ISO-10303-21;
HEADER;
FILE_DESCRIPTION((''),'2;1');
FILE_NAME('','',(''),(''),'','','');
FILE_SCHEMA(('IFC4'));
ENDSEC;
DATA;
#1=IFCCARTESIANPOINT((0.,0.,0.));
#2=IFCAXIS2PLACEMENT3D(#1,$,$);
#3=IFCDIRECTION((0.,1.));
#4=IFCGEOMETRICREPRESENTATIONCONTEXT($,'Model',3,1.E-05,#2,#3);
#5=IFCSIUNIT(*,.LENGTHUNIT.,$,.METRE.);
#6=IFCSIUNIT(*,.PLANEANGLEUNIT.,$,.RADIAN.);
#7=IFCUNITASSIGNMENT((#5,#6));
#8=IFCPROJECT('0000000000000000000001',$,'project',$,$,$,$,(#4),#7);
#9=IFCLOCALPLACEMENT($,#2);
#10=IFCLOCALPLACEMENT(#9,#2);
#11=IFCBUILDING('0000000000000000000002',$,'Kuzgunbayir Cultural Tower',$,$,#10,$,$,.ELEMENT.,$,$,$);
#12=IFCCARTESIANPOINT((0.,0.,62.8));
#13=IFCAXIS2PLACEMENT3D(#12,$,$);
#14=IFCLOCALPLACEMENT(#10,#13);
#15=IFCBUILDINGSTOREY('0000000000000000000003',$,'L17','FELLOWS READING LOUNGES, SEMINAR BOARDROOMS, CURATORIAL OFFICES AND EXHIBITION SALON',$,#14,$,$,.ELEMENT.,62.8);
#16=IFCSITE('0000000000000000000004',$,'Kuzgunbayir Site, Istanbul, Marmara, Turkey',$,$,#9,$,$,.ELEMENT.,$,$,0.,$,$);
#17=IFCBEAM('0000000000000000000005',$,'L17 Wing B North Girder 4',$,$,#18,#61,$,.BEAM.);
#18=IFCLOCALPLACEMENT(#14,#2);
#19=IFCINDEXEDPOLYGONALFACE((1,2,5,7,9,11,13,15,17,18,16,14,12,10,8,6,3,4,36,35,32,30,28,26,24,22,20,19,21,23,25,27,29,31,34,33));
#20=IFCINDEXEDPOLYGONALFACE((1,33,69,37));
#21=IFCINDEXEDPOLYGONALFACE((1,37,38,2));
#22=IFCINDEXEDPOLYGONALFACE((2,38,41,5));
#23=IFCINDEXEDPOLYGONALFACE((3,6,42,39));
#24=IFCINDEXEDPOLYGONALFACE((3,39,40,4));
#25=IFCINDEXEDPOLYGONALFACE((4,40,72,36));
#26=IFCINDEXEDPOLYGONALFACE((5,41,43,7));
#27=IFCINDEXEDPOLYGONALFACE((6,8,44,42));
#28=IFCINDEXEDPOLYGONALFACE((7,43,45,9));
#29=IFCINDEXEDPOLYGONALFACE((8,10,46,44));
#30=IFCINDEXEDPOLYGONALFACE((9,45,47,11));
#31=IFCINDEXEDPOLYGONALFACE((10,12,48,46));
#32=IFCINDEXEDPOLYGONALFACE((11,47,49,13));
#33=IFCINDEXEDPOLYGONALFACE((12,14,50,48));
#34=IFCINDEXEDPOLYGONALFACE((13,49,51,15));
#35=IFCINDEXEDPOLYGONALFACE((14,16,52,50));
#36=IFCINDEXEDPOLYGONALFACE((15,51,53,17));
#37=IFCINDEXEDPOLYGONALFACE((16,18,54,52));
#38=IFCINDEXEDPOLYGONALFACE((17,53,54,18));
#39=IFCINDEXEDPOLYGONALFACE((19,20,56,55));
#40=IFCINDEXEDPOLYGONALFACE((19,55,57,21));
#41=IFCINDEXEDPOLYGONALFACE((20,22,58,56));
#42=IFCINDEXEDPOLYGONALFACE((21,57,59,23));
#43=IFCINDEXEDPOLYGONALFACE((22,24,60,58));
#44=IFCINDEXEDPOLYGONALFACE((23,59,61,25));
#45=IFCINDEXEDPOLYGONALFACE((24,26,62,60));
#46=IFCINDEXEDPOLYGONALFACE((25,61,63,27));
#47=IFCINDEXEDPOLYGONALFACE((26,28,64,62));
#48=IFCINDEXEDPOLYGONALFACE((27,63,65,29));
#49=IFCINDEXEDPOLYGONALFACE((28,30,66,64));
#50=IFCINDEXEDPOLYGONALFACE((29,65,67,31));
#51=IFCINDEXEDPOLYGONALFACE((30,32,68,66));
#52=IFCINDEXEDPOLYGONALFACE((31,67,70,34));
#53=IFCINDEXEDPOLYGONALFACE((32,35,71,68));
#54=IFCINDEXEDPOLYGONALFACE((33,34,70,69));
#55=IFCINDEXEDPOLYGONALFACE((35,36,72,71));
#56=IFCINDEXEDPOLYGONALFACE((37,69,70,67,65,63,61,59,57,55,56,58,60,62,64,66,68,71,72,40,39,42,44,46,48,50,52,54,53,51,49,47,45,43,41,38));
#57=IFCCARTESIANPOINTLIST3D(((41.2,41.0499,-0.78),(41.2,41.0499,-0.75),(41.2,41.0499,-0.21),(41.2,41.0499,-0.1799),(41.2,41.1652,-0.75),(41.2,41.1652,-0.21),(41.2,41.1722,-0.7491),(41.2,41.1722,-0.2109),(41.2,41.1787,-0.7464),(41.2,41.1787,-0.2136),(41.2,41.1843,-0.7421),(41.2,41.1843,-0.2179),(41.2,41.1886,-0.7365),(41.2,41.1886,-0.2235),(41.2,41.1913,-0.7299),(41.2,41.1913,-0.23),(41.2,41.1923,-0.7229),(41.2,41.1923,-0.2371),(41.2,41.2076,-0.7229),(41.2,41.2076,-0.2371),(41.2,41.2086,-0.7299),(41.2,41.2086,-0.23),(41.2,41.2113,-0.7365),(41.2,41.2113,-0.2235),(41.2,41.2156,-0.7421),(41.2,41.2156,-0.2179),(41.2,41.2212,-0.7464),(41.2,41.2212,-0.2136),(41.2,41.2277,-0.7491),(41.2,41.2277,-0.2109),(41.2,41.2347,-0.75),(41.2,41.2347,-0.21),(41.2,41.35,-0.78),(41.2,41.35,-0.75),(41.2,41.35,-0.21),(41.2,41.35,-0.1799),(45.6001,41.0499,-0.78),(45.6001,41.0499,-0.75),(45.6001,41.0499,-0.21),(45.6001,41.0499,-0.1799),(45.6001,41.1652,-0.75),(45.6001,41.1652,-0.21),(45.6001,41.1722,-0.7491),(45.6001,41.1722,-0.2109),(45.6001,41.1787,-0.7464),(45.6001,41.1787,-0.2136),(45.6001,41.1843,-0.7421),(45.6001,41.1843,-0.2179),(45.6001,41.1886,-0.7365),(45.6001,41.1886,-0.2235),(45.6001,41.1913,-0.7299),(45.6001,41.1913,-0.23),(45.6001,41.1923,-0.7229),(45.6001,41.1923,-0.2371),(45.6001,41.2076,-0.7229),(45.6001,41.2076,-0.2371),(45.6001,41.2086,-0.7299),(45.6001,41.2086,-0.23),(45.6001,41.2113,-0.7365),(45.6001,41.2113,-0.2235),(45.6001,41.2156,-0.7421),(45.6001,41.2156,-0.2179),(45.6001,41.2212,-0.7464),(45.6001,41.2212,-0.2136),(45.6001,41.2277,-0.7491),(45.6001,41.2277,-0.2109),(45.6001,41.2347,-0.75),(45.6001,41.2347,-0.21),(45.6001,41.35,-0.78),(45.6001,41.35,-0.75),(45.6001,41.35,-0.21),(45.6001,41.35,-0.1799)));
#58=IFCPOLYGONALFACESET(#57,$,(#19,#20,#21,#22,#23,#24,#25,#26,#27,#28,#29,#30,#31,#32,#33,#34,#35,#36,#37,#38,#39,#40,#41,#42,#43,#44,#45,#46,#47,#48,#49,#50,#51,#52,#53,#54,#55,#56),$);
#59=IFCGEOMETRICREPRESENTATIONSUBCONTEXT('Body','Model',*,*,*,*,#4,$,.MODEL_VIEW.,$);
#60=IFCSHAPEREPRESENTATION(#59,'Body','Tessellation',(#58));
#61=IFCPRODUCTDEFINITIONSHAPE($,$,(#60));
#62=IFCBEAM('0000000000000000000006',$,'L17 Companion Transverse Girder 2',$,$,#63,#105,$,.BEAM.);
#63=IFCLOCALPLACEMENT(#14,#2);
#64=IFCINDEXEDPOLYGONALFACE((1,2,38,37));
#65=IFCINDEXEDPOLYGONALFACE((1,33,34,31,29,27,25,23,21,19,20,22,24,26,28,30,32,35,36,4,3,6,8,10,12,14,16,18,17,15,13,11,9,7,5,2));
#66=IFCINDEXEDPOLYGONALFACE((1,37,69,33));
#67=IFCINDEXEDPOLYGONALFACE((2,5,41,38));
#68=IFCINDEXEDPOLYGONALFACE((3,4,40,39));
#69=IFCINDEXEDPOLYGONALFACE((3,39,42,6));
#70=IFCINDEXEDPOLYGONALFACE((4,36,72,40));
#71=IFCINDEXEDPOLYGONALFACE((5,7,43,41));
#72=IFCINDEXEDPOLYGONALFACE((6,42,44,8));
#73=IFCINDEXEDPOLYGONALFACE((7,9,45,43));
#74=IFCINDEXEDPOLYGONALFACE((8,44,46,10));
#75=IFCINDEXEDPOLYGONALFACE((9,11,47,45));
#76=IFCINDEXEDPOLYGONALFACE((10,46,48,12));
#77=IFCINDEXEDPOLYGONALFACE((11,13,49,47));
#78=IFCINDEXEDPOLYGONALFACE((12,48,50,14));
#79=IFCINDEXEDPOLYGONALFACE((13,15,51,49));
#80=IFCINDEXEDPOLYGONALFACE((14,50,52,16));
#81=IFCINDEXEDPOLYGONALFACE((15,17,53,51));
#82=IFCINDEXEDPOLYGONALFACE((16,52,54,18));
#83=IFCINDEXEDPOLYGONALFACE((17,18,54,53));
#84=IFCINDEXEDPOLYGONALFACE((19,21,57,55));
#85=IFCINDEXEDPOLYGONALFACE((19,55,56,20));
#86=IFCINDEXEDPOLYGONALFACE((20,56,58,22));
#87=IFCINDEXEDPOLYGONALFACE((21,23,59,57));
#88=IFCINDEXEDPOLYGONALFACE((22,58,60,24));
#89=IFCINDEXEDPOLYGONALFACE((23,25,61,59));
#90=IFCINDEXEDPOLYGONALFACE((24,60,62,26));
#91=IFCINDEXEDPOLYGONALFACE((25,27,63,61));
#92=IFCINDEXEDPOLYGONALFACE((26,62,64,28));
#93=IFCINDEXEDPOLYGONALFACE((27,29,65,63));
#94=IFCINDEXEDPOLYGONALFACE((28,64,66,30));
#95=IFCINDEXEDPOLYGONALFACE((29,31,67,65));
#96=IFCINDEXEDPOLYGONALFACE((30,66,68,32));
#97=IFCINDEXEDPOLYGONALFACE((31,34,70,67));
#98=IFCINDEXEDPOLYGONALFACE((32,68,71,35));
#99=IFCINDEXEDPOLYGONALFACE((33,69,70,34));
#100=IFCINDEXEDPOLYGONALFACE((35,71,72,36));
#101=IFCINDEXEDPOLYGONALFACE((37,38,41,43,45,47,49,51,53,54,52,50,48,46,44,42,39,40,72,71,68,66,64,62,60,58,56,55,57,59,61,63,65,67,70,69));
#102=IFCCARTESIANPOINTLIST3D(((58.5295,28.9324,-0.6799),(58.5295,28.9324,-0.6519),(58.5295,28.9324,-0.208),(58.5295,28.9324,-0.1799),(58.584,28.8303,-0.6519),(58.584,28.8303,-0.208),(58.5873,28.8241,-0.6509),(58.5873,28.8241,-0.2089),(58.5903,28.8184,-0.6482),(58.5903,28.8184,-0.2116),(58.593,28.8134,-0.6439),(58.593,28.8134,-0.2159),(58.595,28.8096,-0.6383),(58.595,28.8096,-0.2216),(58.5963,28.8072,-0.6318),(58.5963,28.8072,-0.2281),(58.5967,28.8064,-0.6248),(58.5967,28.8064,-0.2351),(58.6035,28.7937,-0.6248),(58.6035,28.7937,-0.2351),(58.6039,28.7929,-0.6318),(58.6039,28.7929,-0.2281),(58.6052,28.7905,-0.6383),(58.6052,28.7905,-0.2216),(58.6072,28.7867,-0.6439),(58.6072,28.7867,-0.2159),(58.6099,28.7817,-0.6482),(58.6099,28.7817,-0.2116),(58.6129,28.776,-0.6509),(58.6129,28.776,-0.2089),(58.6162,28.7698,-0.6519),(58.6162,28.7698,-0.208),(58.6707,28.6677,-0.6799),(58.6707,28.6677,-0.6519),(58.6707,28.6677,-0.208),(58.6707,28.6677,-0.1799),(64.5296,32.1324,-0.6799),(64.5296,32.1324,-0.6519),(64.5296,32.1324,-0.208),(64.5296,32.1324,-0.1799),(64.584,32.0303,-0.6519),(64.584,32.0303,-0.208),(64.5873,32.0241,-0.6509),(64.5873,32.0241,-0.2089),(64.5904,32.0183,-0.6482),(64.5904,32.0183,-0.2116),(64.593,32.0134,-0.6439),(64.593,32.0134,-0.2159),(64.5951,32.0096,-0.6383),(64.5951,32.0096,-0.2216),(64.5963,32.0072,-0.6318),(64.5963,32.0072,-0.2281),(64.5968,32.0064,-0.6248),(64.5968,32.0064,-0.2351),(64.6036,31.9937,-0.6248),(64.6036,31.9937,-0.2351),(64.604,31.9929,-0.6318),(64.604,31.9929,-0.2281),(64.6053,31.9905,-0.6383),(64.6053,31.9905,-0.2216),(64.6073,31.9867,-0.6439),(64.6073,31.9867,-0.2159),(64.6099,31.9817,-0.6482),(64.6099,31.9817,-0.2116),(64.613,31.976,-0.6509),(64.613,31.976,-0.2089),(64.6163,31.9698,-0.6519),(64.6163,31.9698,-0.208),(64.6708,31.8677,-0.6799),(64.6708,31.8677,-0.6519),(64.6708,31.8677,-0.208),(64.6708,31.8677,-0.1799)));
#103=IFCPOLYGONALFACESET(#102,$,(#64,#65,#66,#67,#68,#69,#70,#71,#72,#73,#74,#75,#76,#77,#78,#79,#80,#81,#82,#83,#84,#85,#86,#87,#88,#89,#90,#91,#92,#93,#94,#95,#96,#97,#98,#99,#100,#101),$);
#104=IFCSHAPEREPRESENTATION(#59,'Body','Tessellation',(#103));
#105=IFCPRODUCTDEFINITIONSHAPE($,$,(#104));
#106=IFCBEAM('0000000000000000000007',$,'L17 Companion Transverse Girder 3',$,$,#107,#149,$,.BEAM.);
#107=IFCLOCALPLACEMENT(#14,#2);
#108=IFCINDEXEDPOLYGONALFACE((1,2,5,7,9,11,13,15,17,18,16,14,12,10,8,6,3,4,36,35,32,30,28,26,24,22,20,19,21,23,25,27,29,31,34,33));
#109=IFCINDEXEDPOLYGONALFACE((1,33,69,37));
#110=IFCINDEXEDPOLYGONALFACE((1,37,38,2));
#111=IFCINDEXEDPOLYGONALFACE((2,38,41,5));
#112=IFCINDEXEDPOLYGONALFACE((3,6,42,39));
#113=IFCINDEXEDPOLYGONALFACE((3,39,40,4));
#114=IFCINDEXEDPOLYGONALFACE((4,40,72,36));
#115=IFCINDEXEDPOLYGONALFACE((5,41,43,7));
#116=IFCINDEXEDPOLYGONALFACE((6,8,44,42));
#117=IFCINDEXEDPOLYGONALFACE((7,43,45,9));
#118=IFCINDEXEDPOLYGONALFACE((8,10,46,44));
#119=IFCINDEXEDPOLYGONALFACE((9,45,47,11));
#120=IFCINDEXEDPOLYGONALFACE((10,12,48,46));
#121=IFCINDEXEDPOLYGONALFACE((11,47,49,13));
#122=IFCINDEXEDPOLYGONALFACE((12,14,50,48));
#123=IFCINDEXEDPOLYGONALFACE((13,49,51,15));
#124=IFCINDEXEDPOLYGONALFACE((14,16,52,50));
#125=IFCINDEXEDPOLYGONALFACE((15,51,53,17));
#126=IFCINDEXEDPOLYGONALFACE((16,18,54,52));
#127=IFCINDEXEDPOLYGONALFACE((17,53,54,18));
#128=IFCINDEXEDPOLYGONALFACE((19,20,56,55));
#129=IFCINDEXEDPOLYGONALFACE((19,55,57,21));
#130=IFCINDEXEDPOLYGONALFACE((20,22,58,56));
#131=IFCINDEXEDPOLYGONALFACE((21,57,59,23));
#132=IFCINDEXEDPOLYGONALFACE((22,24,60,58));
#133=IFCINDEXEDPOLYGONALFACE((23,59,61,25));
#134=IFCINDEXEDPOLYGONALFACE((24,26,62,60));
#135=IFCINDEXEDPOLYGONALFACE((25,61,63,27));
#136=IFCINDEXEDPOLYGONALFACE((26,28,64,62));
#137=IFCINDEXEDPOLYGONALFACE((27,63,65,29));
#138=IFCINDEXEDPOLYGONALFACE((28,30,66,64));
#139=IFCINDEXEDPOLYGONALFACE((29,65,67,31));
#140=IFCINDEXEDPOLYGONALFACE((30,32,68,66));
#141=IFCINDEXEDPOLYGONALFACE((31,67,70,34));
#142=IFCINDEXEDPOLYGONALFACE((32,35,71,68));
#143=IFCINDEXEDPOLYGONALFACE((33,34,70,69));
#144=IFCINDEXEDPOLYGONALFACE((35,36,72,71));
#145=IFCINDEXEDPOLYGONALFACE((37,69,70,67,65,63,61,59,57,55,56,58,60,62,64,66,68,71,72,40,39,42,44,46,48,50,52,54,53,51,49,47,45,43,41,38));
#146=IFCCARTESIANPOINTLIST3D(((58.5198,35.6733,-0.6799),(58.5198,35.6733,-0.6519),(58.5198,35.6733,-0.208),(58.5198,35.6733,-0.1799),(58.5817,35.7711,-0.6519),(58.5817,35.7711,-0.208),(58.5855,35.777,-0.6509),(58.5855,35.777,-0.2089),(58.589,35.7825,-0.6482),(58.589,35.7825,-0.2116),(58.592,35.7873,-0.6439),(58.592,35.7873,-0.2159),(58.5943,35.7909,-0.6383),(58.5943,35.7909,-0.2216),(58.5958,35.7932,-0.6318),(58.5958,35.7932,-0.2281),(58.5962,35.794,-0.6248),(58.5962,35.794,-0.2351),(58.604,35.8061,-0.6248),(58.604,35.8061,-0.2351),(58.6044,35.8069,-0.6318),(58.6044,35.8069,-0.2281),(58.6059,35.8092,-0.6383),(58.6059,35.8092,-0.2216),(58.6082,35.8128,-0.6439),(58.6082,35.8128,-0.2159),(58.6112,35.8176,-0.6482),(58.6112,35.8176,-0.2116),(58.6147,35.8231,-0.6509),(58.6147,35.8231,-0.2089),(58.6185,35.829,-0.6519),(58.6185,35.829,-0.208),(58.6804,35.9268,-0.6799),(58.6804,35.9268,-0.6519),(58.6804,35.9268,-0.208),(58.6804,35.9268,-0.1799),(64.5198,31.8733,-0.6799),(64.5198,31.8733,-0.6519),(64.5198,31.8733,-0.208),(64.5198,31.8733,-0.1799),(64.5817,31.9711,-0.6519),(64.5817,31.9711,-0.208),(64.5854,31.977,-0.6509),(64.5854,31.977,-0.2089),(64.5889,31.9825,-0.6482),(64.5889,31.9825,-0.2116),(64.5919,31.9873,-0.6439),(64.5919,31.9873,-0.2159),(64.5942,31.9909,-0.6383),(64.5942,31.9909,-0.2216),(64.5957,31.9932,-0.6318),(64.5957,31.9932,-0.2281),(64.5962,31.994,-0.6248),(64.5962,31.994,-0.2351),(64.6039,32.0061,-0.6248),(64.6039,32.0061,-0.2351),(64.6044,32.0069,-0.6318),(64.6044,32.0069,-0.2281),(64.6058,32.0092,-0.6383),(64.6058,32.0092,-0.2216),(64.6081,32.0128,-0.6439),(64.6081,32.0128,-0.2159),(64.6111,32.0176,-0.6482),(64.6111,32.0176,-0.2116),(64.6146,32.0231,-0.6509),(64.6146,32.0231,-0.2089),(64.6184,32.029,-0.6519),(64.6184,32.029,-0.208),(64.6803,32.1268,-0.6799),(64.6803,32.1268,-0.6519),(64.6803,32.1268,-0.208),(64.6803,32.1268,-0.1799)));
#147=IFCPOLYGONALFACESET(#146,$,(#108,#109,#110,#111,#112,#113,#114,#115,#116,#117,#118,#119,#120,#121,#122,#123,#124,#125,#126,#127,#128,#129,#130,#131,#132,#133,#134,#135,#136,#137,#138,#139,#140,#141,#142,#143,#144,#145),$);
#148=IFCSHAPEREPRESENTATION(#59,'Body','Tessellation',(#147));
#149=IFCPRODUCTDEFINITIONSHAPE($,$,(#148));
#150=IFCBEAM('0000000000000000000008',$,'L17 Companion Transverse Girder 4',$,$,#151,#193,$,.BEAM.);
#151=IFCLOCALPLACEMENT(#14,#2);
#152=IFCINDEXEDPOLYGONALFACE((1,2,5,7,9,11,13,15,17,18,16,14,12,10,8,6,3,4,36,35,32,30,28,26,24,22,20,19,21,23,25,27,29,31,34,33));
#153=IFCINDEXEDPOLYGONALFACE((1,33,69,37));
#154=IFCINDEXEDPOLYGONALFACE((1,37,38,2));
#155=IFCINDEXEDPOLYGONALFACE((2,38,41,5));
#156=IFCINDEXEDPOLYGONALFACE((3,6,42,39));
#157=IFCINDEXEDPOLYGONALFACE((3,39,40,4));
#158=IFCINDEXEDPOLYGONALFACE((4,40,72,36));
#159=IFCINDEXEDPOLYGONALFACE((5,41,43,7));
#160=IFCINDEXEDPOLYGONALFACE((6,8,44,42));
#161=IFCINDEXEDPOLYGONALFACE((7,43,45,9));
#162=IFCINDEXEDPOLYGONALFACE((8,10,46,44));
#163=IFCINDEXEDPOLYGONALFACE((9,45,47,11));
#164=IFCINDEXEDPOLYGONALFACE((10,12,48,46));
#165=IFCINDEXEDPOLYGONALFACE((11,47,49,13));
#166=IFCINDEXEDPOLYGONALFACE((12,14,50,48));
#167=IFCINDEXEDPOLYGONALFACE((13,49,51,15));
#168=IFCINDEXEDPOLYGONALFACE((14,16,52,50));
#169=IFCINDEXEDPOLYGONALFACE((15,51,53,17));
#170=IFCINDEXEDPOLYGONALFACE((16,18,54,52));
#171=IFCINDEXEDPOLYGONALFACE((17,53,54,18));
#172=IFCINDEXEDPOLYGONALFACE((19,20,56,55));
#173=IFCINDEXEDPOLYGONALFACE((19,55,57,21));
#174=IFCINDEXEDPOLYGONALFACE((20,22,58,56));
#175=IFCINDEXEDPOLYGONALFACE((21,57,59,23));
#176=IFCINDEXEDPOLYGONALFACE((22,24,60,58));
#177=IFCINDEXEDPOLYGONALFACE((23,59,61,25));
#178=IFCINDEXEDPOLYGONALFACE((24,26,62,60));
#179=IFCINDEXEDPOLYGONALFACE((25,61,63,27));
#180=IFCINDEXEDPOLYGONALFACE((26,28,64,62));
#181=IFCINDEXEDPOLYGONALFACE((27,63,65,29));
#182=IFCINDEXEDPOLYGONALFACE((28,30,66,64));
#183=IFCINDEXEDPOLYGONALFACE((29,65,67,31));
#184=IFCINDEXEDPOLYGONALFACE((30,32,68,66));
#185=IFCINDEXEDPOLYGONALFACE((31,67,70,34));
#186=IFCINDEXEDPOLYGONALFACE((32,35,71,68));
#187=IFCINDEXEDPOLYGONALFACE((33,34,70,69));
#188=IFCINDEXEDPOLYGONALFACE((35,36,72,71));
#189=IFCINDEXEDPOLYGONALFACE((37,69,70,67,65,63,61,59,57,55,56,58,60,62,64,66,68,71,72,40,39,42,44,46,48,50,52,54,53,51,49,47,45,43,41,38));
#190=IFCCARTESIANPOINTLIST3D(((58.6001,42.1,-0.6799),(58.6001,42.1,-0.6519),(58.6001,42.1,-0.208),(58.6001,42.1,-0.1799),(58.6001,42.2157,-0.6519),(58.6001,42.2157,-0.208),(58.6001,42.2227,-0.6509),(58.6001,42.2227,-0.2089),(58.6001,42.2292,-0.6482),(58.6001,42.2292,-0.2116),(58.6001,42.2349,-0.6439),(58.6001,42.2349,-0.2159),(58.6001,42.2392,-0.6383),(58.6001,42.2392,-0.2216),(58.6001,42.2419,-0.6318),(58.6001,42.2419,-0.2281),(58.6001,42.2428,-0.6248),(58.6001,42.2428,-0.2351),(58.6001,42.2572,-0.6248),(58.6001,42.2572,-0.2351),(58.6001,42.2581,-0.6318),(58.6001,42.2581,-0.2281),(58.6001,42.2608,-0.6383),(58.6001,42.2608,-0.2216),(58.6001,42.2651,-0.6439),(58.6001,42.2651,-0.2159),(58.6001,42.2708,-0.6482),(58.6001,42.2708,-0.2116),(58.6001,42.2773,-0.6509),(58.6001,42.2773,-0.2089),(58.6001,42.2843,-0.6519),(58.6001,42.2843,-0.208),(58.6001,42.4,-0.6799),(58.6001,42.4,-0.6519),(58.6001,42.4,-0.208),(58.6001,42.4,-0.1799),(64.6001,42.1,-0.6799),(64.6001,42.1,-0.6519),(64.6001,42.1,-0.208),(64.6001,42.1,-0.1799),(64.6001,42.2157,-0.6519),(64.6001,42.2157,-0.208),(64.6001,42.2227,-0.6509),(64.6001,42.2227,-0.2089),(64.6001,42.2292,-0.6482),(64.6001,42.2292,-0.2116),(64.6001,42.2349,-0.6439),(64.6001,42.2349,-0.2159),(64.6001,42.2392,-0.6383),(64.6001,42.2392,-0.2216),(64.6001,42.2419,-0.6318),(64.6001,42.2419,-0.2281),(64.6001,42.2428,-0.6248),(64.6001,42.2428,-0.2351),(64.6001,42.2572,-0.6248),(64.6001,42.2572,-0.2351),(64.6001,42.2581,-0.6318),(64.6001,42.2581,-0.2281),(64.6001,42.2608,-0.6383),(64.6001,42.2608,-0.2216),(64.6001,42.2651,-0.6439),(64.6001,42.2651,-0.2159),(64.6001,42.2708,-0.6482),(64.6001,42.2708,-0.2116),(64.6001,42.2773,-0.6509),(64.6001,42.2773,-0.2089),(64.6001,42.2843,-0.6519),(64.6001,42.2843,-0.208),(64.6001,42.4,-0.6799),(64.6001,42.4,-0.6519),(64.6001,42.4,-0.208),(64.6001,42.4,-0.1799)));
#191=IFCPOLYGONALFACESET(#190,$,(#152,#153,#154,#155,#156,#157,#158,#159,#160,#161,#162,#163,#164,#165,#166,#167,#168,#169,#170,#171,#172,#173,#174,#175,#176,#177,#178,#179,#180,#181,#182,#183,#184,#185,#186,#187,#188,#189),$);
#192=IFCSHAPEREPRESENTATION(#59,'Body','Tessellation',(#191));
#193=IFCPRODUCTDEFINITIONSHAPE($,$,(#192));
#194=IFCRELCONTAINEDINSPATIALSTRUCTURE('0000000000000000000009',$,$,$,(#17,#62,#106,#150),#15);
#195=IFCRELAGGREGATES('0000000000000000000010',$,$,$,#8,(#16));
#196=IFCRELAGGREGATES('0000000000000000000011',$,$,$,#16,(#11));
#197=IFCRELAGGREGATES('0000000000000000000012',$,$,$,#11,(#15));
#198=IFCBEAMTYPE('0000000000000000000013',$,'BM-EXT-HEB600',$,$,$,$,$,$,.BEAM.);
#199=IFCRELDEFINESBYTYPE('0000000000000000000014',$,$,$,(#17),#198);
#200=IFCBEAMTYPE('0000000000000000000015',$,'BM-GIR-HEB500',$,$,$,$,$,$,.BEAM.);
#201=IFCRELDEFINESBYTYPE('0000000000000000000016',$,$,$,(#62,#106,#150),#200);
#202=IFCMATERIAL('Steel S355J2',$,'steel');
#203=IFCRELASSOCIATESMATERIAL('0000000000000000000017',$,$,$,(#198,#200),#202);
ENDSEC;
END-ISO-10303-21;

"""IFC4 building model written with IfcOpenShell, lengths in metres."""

from ifc_helpers import new_model, si_unit, direction, frame, origin, origin_2d, place, context, subcontext, project, spatial, i_section, extrude, material, material_profile, profile_set, type_object, element, save


model = new_model("IFC4")

# Units and contexts
model_context = context("Model", 3, precision=1e-05, world=origin(), true_north=direction((0.0, 1.0)))
body_context = subcontext(model_context, "Body", "Model", "MODEL_VIEW")
ifc_project = project(units=[si_unit("LENGTHUNIT", "METRE"), si_unit("PLANEANGLEUNIT", "RADIAN")], contexts=[model_context])

# Site, building, storey
site_placement = place(None, origin())
site = spatial("IfcSite", under=ifc_project, at=site_placement, Name="Kuzgunbayir Site, Istanbul, Marmara, Turkey", CompositionType="ELEMENT", RefElevation=0.0)
building_placement = place(site_placement, origin())
building = spatial("IfcBuilding", under=site, at=building_placement, Name="Kuzgunbayir Cultural Tower", CompositionType="ELEMENT")
storey_placement = place(building_placement, frame((0.0, 0.0, 62.8)))
storey = spatial("IfcBuildingStorey", under=building, at=storey_placement, Name="L17", Description="FELLOWS READING LOUNGES, SEMINAR BOARDROOMS, CURATORIAL OFFICES AND EXHIBITION SALON", CompositionType="ELEMENT", Elevation=62.8)

# Beams
ifc_material_1 = material(Name="Steel S355J2", Category="steel")
ifc_material_profile_1 = material_profile(ifc_material_1, i_section(OverallWidth=0.3, OverallDepth=0.6001, WebThickness=0.0154, FlangeThickness=0.03, FilletRadius=0.0271, at=origin_2d()), Name="HEB 600")
ifc_profile_set_1 = profile_set([ifc_material_profile_1], Name="Steel S355J2")
beam_type_1 = type_object("IfcBeamType", Name="BM-EXT-HEB600", PredefinedType="BEAM", material=ifc_profile_set_1)
for number, where, z_axis, x_axis, name in (
    (1, (41.2, 41.2, -0.48), (1.0, 0.0, 0.0), (0.0, 1.0, 0.0), "L17 Wing B North Girder 4"),
):
    element("IfcBeam", number, at=place(storey_placement, frame(where, z_axis=z_axis, x_axis=x_axis)), inside=storey, type_object=beam_type_1, Name=name, PredefinedType="BEAM", context=body_context, shape_type="SweptSolid", body=[
        extrude(i_section(OverallWidth=0.3, OverallDepth=0.6001, WebThickness=0.0154, FlangeThickness=0.03, FilletRadius=0.0271, at=origin_2d()), origin(), (0.0, 0.0, 1.0), 4.4001),
    ])
ifc_material_profile_2 = material_profile(ifc_material_1, i_section(OverallWidth=0.3, OverallDepth=0.5, WebThickness=0.0144, FlangeThickness=0.0281, FilletRadius=0.0271, at=origin_2d()), Name="HEB 500")
ifc_profile_set_2 = profile_set([ifc_material_profile_2], Name="Steel S355J2")
beam_type_2 = type_object("IfcBeamType", Name="BM-GIR-HEB500", PredefinedType="BEAM", material=ifc_profile_set_2)
beam_1_placement = place(storey_placement, frame((58.6001, 28.8, -0.4299), z_axis=(0.882356, 0.470583, 0.0), x_axis=(-0.470583, 0.882356, 0.0)))
element("IfcBeam", 2, at=beam_1_placement, inside=storey, type_object=beam_type_2, Name="L17 Companion Transverse Girder 2", PredefinedType="BEAM", context=body_context, shape_type="SweptSolid", body=[
    extrude(i_section(OverallWidth=0.3, OverallDepth=0.5, WebThickness=0.0144, FlangeThickness=0.0281, FilletRadius=0.0271, at=origin_2d()), origin(), (0.0, 0.0, 1.0), 6.8),
])
beam_2_placement = place(storey_placement, frame((58.6001, 35.8, -0.4299), z_axis=(0.844816, -0.535057, 0.0), x_axis=(0.535057, 0.844816, 0.0)))
element("IfcBeam", 3, at=beam_2_placement, inside=storey, type_object=beam_type_2, Name="L17 Companion Transverse Girder 3", PredefinedType="BEAM", context=body_context, shape_type="SweptSolid", body=[
    extrude(i_section(OverallWidth=0.3, OverallDepth=0.5, WebThickness=0.0144, FlangeThickness=0.0281, FilletRadius=0.0271, at=origin_2d()), origin(), (0.0, 0.0, 1.0), 7.1021),
])
beam_3_placement = place(storey_placement, frame((58.6001, 42.25, -0.4299), z_axis=(1.0, 0.0, 0.0), x_axis=(0.0, 1.0, 0.0)))
element("IfcBeam", 4, at=beam_3_placement, inside=storey, type_object=beam_type_2, Name="L17 Companion Transverse Girder 4", PredefinedType="BEAM", context=body_context, shape_type="SweptSolid", body=[
    extrude(i_section(OverallWidth=0.3, OverallDepth=0.5, WebThickness=0.0144, FlangeThickness=0.0281, FilletRadius=0.0271, at=origin_2d()), origin(), (0.0, 0.0, 1.0), 6.0),
])

save(model, "model.ifc")
